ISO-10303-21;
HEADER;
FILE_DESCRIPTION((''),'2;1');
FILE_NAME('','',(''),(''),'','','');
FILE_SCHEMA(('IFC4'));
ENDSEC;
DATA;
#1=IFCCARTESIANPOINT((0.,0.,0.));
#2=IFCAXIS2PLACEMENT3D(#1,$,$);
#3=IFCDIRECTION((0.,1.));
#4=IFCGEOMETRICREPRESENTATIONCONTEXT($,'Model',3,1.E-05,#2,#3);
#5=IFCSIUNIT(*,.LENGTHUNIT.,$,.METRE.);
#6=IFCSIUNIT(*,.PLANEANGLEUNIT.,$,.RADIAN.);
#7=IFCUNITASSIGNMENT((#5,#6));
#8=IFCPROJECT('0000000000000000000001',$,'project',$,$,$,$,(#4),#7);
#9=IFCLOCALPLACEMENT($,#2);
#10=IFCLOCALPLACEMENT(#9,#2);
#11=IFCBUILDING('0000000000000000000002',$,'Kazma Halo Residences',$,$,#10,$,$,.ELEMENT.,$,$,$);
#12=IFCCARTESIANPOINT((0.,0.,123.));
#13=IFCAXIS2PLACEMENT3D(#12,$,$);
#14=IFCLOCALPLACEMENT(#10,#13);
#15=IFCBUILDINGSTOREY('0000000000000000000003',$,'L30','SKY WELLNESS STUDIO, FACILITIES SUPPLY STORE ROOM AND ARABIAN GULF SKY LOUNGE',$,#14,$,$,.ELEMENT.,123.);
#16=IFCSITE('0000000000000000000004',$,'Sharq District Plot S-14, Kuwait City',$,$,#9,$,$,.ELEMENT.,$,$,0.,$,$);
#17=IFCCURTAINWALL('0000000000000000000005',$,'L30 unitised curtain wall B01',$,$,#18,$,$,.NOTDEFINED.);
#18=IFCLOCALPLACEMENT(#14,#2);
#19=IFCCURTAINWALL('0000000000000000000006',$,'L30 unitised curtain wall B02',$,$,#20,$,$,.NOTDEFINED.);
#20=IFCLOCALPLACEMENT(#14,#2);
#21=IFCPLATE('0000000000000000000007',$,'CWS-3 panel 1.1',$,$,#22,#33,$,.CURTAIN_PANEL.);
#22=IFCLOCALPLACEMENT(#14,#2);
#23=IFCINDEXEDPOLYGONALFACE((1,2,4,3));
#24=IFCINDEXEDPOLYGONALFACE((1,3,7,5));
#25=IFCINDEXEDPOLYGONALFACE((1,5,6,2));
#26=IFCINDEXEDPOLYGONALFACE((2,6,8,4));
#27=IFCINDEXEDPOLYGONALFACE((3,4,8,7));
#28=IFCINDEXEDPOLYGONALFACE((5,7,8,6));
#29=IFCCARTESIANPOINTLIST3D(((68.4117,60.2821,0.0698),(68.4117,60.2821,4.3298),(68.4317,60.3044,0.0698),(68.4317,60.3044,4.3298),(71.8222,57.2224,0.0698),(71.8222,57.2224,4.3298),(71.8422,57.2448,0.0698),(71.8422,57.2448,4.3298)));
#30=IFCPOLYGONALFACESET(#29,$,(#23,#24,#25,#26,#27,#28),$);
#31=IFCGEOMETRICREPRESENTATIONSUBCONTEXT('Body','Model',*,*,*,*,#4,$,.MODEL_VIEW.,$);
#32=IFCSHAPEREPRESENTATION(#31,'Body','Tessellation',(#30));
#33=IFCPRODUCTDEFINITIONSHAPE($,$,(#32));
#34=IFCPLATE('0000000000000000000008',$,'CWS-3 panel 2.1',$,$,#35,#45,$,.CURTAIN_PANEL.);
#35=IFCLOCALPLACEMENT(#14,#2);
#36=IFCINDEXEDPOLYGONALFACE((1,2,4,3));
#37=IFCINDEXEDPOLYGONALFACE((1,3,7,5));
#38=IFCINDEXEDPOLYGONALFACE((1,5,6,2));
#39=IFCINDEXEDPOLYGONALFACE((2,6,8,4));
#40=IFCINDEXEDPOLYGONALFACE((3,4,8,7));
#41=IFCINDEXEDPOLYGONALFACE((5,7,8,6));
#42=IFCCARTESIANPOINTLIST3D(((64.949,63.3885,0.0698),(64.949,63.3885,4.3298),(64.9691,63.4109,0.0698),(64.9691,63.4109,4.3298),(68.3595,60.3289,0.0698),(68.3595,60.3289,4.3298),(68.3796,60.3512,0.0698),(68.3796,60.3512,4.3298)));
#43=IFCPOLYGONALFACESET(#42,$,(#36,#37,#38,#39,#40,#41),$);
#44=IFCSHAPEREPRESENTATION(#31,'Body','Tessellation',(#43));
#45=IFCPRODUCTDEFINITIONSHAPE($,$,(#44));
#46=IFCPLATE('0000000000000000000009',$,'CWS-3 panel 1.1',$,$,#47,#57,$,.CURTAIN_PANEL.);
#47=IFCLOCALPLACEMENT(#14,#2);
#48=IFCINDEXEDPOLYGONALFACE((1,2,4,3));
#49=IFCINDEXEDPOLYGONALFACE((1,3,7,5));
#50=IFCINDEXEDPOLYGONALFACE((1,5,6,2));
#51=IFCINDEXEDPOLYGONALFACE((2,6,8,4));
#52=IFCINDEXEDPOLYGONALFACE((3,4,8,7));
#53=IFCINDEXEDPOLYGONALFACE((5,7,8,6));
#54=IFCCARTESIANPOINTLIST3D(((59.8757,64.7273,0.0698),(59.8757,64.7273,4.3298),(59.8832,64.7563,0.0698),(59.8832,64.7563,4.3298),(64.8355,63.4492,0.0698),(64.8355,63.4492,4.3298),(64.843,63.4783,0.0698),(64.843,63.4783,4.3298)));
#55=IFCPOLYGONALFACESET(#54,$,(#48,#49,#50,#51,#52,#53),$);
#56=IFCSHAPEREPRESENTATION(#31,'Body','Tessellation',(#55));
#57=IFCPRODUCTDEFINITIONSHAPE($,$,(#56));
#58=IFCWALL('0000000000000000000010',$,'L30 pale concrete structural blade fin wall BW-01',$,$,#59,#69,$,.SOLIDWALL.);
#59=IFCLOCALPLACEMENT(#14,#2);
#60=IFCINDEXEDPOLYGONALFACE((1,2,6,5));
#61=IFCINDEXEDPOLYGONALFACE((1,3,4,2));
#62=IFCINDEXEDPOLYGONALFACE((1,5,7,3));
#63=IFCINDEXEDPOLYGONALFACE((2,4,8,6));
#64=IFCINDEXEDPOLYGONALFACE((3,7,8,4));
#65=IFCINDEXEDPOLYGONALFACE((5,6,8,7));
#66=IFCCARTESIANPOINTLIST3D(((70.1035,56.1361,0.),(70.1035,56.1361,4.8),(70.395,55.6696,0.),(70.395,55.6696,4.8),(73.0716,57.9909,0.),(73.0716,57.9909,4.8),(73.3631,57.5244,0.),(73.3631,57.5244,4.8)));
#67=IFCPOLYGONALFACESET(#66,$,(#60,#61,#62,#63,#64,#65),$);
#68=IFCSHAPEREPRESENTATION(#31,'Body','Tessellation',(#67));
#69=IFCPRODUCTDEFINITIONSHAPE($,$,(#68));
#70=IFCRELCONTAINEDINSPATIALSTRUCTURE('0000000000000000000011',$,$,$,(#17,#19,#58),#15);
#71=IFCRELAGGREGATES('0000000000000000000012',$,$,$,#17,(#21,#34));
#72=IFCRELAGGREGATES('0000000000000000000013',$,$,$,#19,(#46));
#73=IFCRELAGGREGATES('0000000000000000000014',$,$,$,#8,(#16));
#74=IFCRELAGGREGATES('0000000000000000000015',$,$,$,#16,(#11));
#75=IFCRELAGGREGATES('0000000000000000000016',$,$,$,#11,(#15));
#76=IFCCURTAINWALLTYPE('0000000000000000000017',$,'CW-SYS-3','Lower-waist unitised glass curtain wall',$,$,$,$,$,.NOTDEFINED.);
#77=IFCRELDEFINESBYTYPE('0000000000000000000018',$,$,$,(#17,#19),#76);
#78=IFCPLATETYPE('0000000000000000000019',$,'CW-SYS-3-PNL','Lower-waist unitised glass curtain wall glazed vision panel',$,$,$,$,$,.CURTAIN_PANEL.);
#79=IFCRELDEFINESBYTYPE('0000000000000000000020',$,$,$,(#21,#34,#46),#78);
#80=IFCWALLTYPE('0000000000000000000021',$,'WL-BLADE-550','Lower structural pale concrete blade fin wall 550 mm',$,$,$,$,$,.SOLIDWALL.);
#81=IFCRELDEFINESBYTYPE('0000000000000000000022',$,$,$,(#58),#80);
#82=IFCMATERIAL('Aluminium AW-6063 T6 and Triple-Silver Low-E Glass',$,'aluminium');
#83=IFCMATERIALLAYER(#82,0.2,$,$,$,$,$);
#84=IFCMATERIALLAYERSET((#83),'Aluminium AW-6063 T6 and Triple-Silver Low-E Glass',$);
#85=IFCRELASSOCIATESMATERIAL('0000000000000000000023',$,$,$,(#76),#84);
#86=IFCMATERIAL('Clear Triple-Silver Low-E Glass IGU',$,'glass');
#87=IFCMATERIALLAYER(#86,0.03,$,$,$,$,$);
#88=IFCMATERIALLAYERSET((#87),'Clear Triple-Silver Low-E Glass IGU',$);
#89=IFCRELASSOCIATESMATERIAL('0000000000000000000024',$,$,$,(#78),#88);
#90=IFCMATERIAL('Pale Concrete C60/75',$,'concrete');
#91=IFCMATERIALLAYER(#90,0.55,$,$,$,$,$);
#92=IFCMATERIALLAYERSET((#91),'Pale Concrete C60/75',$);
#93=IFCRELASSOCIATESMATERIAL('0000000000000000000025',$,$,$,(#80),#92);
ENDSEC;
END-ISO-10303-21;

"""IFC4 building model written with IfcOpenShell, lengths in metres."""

from ifc_helpers import new_model, si_unit, direction, frame, frame_2d, origin, origin_2d, place, context, subcontext, project, spatial, rectangle, extrude, material, layer, layer_set, type_object, element, aggregate, save


model = new_model("IFC4")

# Units and contexts
model_context = context("Model", 3, precision=1e-05, world=origin(), true_north=direction((0.0, 1.0)))
body_context = subcontext(model_context, "Body", "Model", "MODEL_VIEW")
ifc_project = project(units=[si_unit("LENGTHUNIT", "METRE"), si_unit("PLANEANGLEUNIT", "RADIAN")], contexts=[model_context])

# Site, building, storey
site_placement = place(None, origin())
site = spatial("IfcSite", under=ifc_project, at=site_placement, Name="Sharq District Plot S-14, Kuwait City", CompositionType="ELEMENT", RefElevation=0.0)
building_placement = place(site_placement, origin())
building = spatial("IfcBuilding", under=site, at=building_placement, Name="Kazma Halo Residences", CompositionType="ELEMENT")
storey_placement = place(building_placement, frame((0.0, 0.0, 123.0)))
storey = spatial("IfcBuildingStorey", under=building, at=storey_placement, Name="L30", Description="SKY WELLNESS STUDIO, FACILITIES SUPPLY STORE ROOM AND ARABIAN GULF SKY LOUNGE", CompositionType="ELEMENT", Elevation=123.0)

# Curtain walls
ifc_material_1 = material(Name="Aluminium AW-6063 T6 and Triple-Silver Low-E Glass", Category="aluminium")
ifc_layer_1 = layer(ifc_material_1, 0.2)
ifc_layer_set_1 = layer_set([ifc_layer_1], Name="Aluminium AW-6063 T6 and Triple-Silver Low-E Glass")
curtain_wall_type = type_object("IfcCurtainWallType", Name="CW-SYS-3", Description="Lower-waist unitised glass curtain wall", PredefinedType="NOTDEFINED", material=ifc_layer_set_1)
curtain_wall_1_placement = place(storey_placement, origin())
curtain_wall_1 = element("IfcCurtainWall", 1, at=curtain_wall_1_placement, inside=storey, type_object=curtain_wall_type, Name="L30 unitised curtain wall B01", PredefinedType="NOTDEFINED")
curtain_wall_2_placement = place(storey_placement, origin())
curtain_wall_2 = element("IfcCurtainWall", 2, at=curtain_wall_2_placement, inside=storey, type_object=curtain_wall_type, Name="L30 unitised curtain wall B02", PredefinedType="NOTDEFINED")

# Plates
ifc_material_2 = material(Name="Clear Triple-Silver Low-E Glass IGU", Category="glass")
ifc_layer_2 = layer(ifc_material_2, 0.03)
ifc_layer_set_2 = layer_set([ifc_layer_2], Name="Clear Triple-Silver Low-E Glass IGU")
plate_type = type_object("IfcPlateType", Name="CW-SYS-3-PNL", Description="Lower-waist unitised glass curtain wall glazed vision panel", PredefinedType="CURTAIN_PANEL", material=ifc_layer_set_2)
plate_1_placement = place(storey_placement, frame((70.127, 58.7634, 0.0698), z_axis=(0.0, 0.0, 1.0), x_axis=(-0.744357, 0.667782, 0.0)))
plate_1 = element("IfcPlate", 3, at=plate_1_placement, type_object=plate_type, Name="CWS-3 panel 1.1", PredefinedType="CURTAIN_PANEL", context=body_context, shape_type="SweptSolid", body=[
    extrude(rectangle(XDim=4.5818, YDim=0.03, at=origin_2d()), origin(), (0.0, 0.0, 1.0), 4.26),
])
plate_2_placement = place(storey_placement, frame((66.6643, 61.8699, 0.0698), z_axis=(0.0, 0.0, 1.0), x_axis=(-0.744357, 0.667782, 0.0)))
plate_2 = element("IfcPlate", 4, at=plate_2_placement, type_object=plate_type, Name="CWS-3 panel 2.1", PredefinedType="CURTAIN_PANEL", context=body_context, shape_type="SweptSolid", body=[
    extrude(rectangle(XDim=4.5818, YDim=0.03, at=origin_2d()), origin(), (0.0, 0.0, 1.0), 4.26),
])
aggregate(curtain_wall_1, [plate_1, plate_2])
plate_3_placement = place(storey_placement, frame((62.3594, 64.1028, 0.0698), z_axis=(0.0, 0.0, 1.0), x_axis=(-0.968368, 0.249525, 0.0)))
plate_3 = element("IfcPlate", 5, at=plate_3_placement, type_object=plate_type, Name="CWS-3 panel 1.1", PredefinedType="CURTAIN_PANEL", context=body_context, shape_type="SweptSolid", body=[
    extrude(rectangle(XDim=5.1218, YDim=0.03, at=origin_2d()), origin(), (0.0, 0.0, 1.0), 4.26),
])
aggregate(curtain_wall_2, [plate_3])

# Wall
ifc_material_3 = material(Name="Pale Concrete C60/75", Category="concrete")
ifc_layer_3 = layer(ifc_material_3, 0.55)
ifc_layer_set_3 = layer_set([ifc_layer_3], Name="Pale Concrete C60/75")
wall_type = type_object("IfcWallType", Name="WL-BLADE-550", Description="Lower structural pale concrete blade fin wall 550 mm", PredefinedType="SOLIDWALL", material=ifc_layer_set_3)
wall_placement = place(storey_placement, frame((70.2493, 55.9028, 0.0), z_axis=(0.0, 0.0, 1.0), x_axis=(0.848034, 0.529943, 0.0)))
element("IfcWall", 6, at=wall_placement, inside=storey, type_object=wall_type, Name="L30 pale concrete structural blade fin wall BW-01", PredefinedType="SOLIDWALL", context=body_context, shape_type="SweptSolid", body=[
    extrude(rectangle(XDim=3.5, YDim=0.55, at=frame_2d((1.75, 0.0))), origin(), (0.0, 0.0, 1.0), 4.8),
])

save(model, "model.ifc")
